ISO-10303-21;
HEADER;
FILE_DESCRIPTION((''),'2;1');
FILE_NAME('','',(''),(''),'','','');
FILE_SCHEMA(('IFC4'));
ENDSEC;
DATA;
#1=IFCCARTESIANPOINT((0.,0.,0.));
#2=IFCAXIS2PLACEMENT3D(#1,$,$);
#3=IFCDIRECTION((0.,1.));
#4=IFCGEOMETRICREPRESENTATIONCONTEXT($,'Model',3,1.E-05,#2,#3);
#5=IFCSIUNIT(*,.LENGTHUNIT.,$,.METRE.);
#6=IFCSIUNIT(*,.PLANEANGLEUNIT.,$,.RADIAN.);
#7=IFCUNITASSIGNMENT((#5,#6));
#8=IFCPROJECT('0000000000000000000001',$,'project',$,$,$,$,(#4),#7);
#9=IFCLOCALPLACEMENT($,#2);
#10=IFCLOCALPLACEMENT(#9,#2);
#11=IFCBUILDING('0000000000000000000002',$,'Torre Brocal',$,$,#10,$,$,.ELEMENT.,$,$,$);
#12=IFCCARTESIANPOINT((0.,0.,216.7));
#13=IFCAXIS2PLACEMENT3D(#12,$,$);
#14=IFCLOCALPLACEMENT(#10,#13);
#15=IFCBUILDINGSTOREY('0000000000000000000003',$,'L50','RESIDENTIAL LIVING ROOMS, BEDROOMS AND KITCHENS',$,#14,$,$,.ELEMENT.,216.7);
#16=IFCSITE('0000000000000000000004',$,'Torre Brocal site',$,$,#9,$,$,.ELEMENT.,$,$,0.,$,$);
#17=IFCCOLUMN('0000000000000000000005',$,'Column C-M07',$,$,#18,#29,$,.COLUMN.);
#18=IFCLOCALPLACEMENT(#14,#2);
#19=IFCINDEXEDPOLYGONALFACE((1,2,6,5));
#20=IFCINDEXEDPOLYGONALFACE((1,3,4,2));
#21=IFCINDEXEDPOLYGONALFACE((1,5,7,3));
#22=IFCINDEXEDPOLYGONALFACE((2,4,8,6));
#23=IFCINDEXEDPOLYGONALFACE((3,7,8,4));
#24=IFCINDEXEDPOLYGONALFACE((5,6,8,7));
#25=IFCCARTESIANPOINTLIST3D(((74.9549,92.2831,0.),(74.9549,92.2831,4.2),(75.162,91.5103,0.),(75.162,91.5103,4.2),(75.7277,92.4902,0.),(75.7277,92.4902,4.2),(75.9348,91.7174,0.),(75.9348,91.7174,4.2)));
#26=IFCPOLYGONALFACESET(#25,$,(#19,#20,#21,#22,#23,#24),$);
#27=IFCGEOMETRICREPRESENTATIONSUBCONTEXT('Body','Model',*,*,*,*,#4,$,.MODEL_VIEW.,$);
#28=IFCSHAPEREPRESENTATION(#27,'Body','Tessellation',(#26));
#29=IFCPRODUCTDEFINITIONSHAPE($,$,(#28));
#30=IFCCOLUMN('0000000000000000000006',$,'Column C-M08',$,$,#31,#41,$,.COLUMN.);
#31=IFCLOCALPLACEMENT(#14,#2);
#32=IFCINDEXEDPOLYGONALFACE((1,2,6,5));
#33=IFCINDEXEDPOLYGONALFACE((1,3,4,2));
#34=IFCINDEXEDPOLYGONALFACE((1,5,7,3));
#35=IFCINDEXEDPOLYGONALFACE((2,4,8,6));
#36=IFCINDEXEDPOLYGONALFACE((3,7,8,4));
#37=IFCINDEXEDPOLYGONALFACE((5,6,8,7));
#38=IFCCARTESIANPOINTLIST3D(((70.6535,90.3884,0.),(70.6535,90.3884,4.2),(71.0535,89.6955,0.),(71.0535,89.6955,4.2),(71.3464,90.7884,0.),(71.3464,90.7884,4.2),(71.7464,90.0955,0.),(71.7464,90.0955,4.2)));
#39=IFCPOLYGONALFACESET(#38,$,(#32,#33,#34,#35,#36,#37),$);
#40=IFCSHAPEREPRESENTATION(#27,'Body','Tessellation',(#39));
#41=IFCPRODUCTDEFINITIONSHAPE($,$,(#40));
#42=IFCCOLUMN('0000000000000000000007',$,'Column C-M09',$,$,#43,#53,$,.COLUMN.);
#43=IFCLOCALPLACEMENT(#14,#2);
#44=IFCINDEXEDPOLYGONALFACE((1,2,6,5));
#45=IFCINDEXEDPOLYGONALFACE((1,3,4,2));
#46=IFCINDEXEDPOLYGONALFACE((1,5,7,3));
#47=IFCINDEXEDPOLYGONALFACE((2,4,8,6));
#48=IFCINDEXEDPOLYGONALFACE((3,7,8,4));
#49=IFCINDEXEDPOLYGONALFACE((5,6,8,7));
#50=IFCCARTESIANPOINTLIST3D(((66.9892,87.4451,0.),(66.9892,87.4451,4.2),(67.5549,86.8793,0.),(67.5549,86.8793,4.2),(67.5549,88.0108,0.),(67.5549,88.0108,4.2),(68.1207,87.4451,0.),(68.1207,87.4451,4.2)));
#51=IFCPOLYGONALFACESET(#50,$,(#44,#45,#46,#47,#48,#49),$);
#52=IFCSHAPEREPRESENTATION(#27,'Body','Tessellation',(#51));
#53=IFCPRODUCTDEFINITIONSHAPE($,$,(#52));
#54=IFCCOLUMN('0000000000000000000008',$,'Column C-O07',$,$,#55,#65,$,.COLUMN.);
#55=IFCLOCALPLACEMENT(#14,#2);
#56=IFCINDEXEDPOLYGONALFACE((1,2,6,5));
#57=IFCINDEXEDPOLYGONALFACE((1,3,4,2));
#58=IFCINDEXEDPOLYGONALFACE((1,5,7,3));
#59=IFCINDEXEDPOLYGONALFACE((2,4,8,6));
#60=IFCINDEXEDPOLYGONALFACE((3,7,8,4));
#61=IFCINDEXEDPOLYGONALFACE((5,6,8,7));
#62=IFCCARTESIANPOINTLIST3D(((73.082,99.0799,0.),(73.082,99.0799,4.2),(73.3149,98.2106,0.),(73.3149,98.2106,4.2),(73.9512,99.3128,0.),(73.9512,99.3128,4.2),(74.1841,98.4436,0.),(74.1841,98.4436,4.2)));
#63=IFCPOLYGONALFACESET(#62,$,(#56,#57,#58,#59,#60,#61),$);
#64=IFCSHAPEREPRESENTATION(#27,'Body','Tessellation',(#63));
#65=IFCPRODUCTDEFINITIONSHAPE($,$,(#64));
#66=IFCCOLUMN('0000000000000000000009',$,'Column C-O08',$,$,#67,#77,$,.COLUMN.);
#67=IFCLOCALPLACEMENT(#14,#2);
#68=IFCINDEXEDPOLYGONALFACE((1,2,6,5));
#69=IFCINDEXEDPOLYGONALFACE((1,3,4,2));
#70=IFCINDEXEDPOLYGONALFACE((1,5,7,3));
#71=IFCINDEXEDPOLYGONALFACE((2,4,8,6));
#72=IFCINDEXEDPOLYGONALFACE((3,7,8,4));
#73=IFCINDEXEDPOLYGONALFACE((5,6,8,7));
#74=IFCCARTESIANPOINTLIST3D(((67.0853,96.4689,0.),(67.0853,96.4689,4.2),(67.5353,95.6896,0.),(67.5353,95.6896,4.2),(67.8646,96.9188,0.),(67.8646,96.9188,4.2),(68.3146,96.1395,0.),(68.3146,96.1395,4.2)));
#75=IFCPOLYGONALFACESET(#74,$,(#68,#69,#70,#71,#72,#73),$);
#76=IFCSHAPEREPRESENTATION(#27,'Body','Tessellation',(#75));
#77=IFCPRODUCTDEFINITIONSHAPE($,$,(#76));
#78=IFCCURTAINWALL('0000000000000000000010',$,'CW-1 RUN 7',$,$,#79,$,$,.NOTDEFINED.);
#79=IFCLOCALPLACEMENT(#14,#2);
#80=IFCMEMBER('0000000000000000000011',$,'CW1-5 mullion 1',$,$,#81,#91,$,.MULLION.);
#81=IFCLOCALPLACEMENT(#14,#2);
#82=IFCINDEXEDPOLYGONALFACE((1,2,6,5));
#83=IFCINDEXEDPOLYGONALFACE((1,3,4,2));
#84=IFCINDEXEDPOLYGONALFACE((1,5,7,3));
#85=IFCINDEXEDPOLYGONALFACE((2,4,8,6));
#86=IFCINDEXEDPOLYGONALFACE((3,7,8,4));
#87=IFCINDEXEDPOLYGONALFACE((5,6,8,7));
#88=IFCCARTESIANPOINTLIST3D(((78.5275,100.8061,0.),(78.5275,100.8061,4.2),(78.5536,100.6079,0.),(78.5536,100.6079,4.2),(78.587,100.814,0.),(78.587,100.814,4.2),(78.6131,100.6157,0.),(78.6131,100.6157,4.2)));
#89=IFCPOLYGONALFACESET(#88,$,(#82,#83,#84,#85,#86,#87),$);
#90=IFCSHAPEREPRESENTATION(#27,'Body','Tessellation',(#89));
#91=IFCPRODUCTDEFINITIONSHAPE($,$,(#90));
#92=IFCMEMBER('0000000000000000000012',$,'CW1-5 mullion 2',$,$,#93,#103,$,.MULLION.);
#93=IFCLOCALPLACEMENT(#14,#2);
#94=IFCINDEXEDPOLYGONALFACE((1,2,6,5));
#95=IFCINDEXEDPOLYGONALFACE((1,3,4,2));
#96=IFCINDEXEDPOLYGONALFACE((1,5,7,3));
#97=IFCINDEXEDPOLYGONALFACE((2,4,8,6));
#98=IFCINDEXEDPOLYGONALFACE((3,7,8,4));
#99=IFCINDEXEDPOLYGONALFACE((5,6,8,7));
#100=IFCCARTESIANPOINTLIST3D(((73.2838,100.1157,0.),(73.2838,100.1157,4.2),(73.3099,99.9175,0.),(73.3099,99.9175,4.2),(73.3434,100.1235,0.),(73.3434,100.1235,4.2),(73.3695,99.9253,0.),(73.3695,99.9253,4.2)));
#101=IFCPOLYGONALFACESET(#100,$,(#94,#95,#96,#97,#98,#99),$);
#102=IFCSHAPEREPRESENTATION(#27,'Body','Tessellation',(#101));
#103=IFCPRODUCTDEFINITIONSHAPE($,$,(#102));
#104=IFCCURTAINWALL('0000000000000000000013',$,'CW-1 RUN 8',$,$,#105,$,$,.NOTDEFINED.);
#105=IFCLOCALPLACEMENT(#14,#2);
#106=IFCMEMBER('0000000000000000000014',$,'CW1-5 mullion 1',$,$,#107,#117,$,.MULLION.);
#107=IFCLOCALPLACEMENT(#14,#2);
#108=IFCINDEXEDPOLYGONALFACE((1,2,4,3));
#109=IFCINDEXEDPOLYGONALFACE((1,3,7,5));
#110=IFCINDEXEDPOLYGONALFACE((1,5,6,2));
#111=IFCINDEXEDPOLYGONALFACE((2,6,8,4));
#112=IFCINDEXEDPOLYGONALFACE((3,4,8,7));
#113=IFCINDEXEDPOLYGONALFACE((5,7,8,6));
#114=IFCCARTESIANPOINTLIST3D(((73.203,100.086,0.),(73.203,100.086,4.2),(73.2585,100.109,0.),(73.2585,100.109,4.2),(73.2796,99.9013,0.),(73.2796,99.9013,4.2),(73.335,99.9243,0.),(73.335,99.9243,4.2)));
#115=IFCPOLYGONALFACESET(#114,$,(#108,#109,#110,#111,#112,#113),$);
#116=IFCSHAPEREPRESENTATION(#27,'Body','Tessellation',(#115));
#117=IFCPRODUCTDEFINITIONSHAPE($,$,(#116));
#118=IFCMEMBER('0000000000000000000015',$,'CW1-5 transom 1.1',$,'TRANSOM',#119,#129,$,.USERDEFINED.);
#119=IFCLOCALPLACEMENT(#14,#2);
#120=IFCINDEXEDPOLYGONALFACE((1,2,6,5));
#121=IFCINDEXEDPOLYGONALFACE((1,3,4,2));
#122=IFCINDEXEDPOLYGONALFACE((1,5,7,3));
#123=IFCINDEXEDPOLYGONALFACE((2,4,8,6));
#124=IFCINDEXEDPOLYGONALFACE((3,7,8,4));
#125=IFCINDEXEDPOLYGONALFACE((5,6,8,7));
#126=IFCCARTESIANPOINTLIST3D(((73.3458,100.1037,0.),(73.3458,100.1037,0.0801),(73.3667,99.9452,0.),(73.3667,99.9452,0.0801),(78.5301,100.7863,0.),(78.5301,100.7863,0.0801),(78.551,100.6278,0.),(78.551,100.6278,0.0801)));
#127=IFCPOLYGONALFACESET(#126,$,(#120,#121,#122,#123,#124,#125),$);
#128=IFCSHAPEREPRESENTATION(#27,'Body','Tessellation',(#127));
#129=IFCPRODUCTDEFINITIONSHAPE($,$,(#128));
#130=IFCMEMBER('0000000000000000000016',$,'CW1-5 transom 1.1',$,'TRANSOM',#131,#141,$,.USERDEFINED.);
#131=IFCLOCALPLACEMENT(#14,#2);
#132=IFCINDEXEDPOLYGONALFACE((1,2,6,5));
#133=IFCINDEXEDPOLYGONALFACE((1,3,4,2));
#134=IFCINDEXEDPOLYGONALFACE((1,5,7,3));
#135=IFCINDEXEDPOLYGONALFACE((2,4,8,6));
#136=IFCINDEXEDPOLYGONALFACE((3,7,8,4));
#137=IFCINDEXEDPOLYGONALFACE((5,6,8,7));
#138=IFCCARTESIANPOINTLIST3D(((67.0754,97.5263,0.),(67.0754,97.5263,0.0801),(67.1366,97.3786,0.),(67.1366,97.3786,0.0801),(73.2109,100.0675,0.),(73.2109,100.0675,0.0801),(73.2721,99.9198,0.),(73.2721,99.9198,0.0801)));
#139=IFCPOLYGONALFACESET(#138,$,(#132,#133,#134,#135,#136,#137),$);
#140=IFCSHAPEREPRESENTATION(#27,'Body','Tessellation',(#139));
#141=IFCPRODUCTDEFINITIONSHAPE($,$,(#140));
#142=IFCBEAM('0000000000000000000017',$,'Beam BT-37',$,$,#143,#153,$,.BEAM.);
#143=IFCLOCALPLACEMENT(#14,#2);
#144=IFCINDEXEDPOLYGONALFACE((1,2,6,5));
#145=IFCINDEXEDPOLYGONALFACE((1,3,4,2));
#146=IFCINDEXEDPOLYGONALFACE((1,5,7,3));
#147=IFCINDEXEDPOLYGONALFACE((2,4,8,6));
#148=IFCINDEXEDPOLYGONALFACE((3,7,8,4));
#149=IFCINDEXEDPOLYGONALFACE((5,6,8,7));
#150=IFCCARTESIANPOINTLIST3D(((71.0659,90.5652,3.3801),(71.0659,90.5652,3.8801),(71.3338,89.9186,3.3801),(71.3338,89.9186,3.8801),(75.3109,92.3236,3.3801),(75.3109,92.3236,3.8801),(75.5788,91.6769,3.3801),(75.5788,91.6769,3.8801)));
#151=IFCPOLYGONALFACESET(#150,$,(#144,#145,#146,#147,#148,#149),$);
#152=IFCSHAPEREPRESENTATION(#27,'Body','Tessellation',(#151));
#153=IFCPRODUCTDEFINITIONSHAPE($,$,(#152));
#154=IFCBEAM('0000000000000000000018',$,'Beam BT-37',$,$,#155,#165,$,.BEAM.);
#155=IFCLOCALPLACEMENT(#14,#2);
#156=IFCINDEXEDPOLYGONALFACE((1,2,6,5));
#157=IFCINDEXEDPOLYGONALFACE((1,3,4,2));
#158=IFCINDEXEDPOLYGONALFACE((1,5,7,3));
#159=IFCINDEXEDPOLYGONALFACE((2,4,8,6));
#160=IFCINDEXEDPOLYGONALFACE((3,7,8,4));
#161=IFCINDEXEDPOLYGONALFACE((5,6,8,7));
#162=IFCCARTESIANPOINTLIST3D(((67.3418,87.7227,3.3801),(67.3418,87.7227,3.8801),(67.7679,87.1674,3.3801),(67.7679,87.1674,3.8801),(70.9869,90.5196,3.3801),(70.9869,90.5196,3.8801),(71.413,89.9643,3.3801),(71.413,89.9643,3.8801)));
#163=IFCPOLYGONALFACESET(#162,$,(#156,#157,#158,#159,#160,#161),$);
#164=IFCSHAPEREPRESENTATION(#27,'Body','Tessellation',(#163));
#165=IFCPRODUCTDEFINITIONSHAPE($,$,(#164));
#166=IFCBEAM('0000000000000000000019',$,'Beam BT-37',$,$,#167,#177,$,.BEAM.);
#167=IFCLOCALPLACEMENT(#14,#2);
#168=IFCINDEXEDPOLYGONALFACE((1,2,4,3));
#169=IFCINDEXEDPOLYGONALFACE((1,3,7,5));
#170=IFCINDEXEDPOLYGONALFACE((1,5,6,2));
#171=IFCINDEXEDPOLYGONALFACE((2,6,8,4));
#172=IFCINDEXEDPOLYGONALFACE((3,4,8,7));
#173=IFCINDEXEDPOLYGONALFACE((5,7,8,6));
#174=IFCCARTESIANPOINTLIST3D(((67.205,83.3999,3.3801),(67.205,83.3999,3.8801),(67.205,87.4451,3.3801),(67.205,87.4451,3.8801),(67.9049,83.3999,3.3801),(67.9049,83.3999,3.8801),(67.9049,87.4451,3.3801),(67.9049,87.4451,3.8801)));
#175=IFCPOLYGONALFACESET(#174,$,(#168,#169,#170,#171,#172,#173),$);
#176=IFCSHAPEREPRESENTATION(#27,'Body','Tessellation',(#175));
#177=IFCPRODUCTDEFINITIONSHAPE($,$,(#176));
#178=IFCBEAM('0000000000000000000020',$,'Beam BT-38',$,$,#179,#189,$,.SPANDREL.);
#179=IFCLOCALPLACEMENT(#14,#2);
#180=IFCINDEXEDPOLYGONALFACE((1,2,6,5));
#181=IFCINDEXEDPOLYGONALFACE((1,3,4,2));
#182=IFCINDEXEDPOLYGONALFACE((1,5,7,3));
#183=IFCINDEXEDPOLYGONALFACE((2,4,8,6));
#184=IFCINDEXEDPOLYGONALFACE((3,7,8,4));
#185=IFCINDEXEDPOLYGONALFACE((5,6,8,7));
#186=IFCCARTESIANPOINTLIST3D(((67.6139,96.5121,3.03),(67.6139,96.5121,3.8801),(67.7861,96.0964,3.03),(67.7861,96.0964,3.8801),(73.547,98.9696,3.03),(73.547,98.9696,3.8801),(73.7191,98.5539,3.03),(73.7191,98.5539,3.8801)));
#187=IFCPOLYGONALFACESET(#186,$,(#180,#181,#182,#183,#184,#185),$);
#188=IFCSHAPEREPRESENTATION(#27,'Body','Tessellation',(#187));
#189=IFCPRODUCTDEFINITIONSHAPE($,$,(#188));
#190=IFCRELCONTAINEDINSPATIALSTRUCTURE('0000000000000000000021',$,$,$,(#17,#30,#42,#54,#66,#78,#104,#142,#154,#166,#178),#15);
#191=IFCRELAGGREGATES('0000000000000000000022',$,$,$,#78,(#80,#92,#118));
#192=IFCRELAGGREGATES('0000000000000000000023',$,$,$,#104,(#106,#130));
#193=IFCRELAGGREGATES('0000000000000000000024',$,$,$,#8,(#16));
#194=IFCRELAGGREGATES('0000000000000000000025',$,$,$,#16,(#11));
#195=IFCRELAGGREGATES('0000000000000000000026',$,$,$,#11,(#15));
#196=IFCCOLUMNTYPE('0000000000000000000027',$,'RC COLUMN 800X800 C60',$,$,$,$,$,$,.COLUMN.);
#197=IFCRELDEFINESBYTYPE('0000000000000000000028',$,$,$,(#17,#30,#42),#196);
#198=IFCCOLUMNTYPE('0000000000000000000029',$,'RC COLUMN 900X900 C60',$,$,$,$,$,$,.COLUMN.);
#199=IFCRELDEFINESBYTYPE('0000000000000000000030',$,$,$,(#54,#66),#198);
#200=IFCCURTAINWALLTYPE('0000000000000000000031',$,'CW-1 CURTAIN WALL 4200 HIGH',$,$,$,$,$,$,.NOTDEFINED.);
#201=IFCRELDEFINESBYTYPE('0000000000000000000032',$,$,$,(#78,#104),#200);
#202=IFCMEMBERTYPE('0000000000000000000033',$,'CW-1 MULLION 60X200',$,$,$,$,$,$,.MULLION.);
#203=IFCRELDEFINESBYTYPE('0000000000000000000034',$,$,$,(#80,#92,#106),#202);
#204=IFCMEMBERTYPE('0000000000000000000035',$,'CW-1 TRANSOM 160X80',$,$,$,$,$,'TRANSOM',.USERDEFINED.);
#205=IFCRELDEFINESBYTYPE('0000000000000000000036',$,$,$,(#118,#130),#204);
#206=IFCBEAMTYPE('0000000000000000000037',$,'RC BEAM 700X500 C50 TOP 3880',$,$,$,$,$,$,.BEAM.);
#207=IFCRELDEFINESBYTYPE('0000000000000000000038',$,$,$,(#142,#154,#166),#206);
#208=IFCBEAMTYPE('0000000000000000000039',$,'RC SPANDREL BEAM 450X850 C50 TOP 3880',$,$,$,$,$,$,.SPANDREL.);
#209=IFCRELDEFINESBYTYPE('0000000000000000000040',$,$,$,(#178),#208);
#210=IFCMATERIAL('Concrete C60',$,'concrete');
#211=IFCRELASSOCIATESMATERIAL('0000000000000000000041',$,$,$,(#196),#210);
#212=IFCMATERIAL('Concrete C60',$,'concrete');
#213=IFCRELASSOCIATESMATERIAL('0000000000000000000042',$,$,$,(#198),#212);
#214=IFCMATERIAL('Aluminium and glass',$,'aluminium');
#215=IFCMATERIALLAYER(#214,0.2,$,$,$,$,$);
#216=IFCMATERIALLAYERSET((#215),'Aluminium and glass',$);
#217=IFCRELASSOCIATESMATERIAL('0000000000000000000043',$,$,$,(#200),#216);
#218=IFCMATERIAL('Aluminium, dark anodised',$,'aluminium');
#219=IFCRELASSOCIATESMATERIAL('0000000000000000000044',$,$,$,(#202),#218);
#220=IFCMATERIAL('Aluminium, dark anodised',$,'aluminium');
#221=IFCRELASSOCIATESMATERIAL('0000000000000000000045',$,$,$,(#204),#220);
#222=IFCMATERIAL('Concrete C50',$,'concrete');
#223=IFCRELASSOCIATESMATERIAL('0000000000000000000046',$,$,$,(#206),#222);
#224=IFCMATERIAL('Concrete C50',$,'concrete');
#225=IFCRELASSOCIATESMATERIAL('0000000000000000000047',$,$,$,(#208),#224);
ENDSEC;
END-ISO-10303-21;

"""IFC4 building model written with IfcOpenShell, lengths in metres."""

from ifc_helpers import new_model, si_unit, direction, frame, origin, origin_2d, place, context, subcontext, project, spatial, rectangle, extrude, material, layer, layer_set, material_profile, profile_set, type_object, element, aggregate, save


model = new_model("IFC4")

# Units and contexts
model_context = context("Model", 3, precision=1e-05, world=origin(), true_north=direction((0.0, 1.0)))
body_context = subcontext(model_context, "Body", "Model", "MODEL_VIEW")
ifc_project = project(units=[si_unit("LENGTHUNIT", "METRE"), si_unit("PLANEANGLEUNIT", "RADIAN")], contexts=[model_context])

# Site, building, storey
site_placement = place(None, origin())
site = spatial("IfcSite", under=ifc_project, at=site_placement, Name="Torre Brocal site", CompositionType="ELEMENT", RefElevation=0.0)
building_placement = place(site_placement, origin())
building = spatial("IfcBuilding", under=site, at=building_placement, Name="Torre Brocal", CompositionType="ELEMENT")
storey_placement = place(building_placement, frame((0.0, 0.0, 216.7)))
storey = spatial("IfcBuildingStorey", under=building, at=storey_placement, Name="L50", Description="RESIDENTIAL LIVING ROOMS, BEDROOMS AND KITCHENS", CompositionType="ELEMENT", Elevation=216.7)

# Columns
ifc_material_1 = material(Name="Concrete C60", Category="concrete")
ifc_material_profile_1 = material_profile(ifc_material_1, rectangle(XDim=0.8, YDim=0.8, at=origin_2d()), Name="RC 800X800")
ifc_profile_set_1 = profile_set([ifc_material_profile_1], Name="Concrete C60")
column_type_1 = type_object("IfcColumnType", Name="RC COLUMN 800X800 C60", PredefinedType="COLUMN", material=ifc_profile_set_1)
for number, where, z_axis, x_axis, name in (
    (1, (75.4448, 92.0002, 0.0), (0.0, 0.0, 1.0), (-0.258819, 0.965926, 0.0), "Column C-M07"),
    (2, (71.2, 90.2419, 0.0), (0.0, 0.0, 1.0), (-0.5, 0.866025, 0.0), "Column C-M08"),
    (3, (67.5549, 87.4451, 0.0), (0.0, 0.0, 1.0), (-0.707107, 0.707107, 0.0), "Column C-M09"),
):
    element("IfcColumn", number, at=place(storey_placement, frame(where, z_axis=z_axis, x_axis=x_axis)), inside=storey, type_object=column_type_1, Name=name, PredefinedType="COLUMN", context=body_context, shape_type="SweptSolid", body=[
        extrude(rectangle(XDim=0.8, YDim=0.8, at=origin_2d()), origin(), (0.0, 0.0, 1.0), 4.2),
    ])
ifc_material_2 = material(Name="Concrete C60", Category="concrete")
ifc_material_profile_2 = material_profile(ifc_material_2, rectangle(XDim=0.8999, YDim=0.8999, at=origin_2d()), Name="RC 900X900")
ifc_profile_set_2 = profile_set([ifc_material_profile_2], Name="Concrete C60")
column_type_2 = type_object("IfcColumnType", Name="RC COLUMN 900X900 C60", PredefinedType="COLUMN", material=ifc_profile_set_2)
for number, where, z_axis, x_axis, name in (
    (4, (73.6331, 98.7617, 0.0), (0.0, 0.0, 1.0), (-0.258819, 0.965926, 0.0), "Column C-O07"),
    (5, (67.7, 96.3042, 0.0), (0.0, 0.0, 1.0), (-0.5, 0.866025, 0.0), "Column C-O08"),
):
    element("IfcColumn", number, at=place(storey_placement, frame(where, z_axis=z_axis, x_axis=x_axis)), inside=storey, type_object=column_type_2, Name=name, PredefinedType="COLUMN", context=body_context, shape_type="SweptSolid", body=[
        extrude(rectangle(XDim=0.8999, YDim=0.8999, at=origin_2d()), origin(), (0.0, 0.0, 1.0), 4.2),
    ])

# Curtain wall, members
ifc_material_3 = material(Name="Aluminium and glass", Category="aluminium")
ifc_layer_1 = layer(ifc_material_3, 0.2)
ifc_layer_set_1 = layer_set([ifc_layer_1], Name="Aluminium and glass")
curtain_wall_type = type_object("IfcCurtainWallType", Name="CW-1 CURTAIN WALL 4200 HIGH", PredefinedType="NOTDEFINED", material=ifc_layer_set_1)
curtain_wall_1_placement = place(storey_placement, origin())
curtain_wall_1 = element("IfcCurtainWall", 6, at=curtain_wall_1_placement, inside=storey, type_object=curtain_wall_type, Name="CW-1 RUN 7", PredefinedType="NOTDEFINED")
ifc_material_4 = material(Name="Aluminium, dark anodised", Category="aluminium")
ifc_material_profile_3 = material_profile(ifc_material_4, rectangle(XDim=0.2, YDim=0.0601, at=origin_2d()), Name="CW-1 MULLION 60X200")
ifc_profile_set_3 = profile_set([ifc_material_profile_3], Name="Aluminium, dark anodised")
member_type_1 = type_object("IfcMemberType", Name="CW-1 MULLION 60X200", PredefinedType="MULLION", material=ifc_profile_set_3)
member_1_placement = place(storey_placement, frame((78.5703, 100.7109, 0.0), z_axis=(0.0, 0.0, 1.0), x_axis=(0.130526, -0.991445, 0.0)))
member_1 = element("IfcMember", 7, at=member_1_placement, type_object=member_type_1, Name="CW1-5 mullion 1", PredefinedType="MULLION", context=body_context, shape_type="SweptSolid", body=[
    extrude(rectangle(XDim=0.2, YDim=0.0601, at=origin_2d()), origin(), (0.0, 0.0, 1.0), 4.2),
])
member_2_placement = place(storey_placement, frame((73.3267, 100.0205, 0.0), z_axis=(0.0, 0.0, 1.0), x_axis=(0.130526, -0.991445, 0.0)))
member_2 = element("IfcMember", 8, at=member_2_placement, type_object=member_type_1, Name="CW1-5 mullion 2", PredefinedType="MULLION", context=body_context, shape_type="SweptSolid", body=[
    extrude(rectangle(XDim=0.2, YDim=0.0601, at=origin_2d()), origin(), (0.0, 0.0, 1.0), 4.2),
])

# Curtain wall, member
curtain_wall_2_placement = place(storey_placement, origin())
curtain_wall_2 = element("IfcCurtainWall", 9, at=curtain_wall_2_placement, inside=storey, type_object=curtain_wall_type, Name="CW-1 RUN 8", PredefinedType="NOTDEFINED")
member_3_placement = place(storey_placement, frame((73.269, 100.0051, 0.0), z_axis=(0.0, 0.0, 1.0), x_axis=(0.382683, -0.92388, 0.0)))
member_3 = element("IfcMember", 10, at=member_3_placement, type_object=member_type_1, Name="CW1-5 mullion 1", PredefinedType="MULLION", context=body_context, shape_type="SweptSolid", body=[
    extrude(rectangle(XDim=0.2, YDim=0.0601, at=origin_2d()), origin(), (0.0, 0.0, 1.0), 4.2),
])

# Members
ifc_material_5 = material(Name="Aluminium, dark anodised", Category="aluminium")
ifc_material_profile_4 = material_profile(ifc_material_5, rectangle(XDim=0.1599, YDim=0.0801, at=origin_2d()), Name="CW-1 TRANSOM 160X80")
ifc_profile_set_4 = profile_set([ifc_material_profile_4], Name="Aluminium, dark anodised")
member_type_2 = type_object("IfcMemberType", Name="CW-1 TRANSOM 160X80", ElementType="TRANSOM", PredefinedType="USERDEFINED", material=ifc_profile_set_4)
member_4_placement = place(storey_placement, frame((78.5405, 100.707, 0.04), z_axis=(-0.991443, -0.130543, 0.0), x_axis=(0.130543, -0.991443, 0.0)))
member_4 = element("IfcMember", 11, at=member_4_placement, type_object=member_type_2, Name="CW1-5 transom 1.1", ObjectType="TRANSOM", PredefinedType="USERDEFINED", context=body_context, shape_type="SweptSolid", body=[
    extrude(rectangle(XDim=0.1599, YDim=0.0801, at=origin_2d()), origin(), (0.0, 0.0, 1.0), 5.229),
])
member_5_placement = place(storey_placement, frame((73.2415, 99.9937, 0.04), z_axis=(-0.923887, -0.382665, 0.0), x_axis=(0.382665, -0.923887, 0.0)))
member_5 = element("IfcMember", 12, at=member_5_placement, type_object=member_type_2, Name="CW1-5 transom 1.1", ObjectType="TRANSOM", PredefinedType="USERDEFINED", context=body_context, shape_type="SweptSolid", body=[
    extrude(rectangle(XDim=0.1599, YDim=0.0801, at=origin_2d()), origin(), (0.0, 0.0, 1.0), 6.6409),
])

# Beams
ifc_material_6 = material(Name="Concrete C50", Category="concrete")
ifc_material_profile_5 = material_profile(ifc_material_6, rectangle(XDim=0.7, YDim=0.5, at=origin_2d()), Name="RC 700X500")
ifc_profile_set_5 = profile_set([ifc_material_profile_5], Name="Concrete C50")
beam_type_1 = type_object("IfcBeamType", Name="RC BEAM 700X500 C50 TOP 3880", PredefinedType="BEAM", material=ifc_profile_set_5)
beam_1_placement = place(storey_placement, frame((75.4448, 92.0002, 3.6301), z_axis=(-0.923878, -0.382687, 0.0), x_axis=(0.382687, -0.923878, 0.0)))
element("IfcBeam", 13, at=beam_1_placement, inside=storey, type_object=beam_type_1, Name="Beam BT-37", PredefinedType="BEAM", context=body_context, shape_type="SweptSolid", body=[
    extrude(rectangle(XDim=0.7, YDim=0.5, at=origin_2d()), origin(), (0.0, 0.0, 1.0), 4.5947),
])
beam_2_placement = place(storey_placement, frame((71.2, 90.2419, 3.6301), z_axis=(-0.793358, -0.608755, 0.0), x_axis=(0.608755, -0.793358, 0.0)))
element("IfcBeam", 14, at=beam_2_placement, inside=storey, type_object=beam_type_1, Name="Beam BT-37", PredefinedType="BEAM", context=body_context, shape_type="SweptSolid", body=[
    extrude(rectangle(XDim=0.7, YDim=0.5, at=origin_2d()), origin(), (0.0, 0.0, 1.0), 4.5945),
])
beam_3_placement = place(storey_placement, frame((67.5549, 87.4451, 3.6301), z_axis=(0.0, -1.0, 0.0), x_axis=(1.0, 0.0, 0.0)))
element("IfcBeam", 15, at=beam_3_placement, inside=storey, type_object=beam_type_1, Name="Beam BT-37", PredefinedType="BEAM", context=body_context, shape_type="SweptSolid", body=[
    extrude(rectangle(XDim=0.7, YDim=0.5, at=origin_2d()), origin(), (0.0, 0.0, 1.0), 4.0452),
])
ifc_material_7 = material(Name="Concrete C50", Category="concrete")
ifc_material_profile_6 = material_profile(ifc_material_7, rectangle(XDim=0.45, YDim=0.8501, at=origin_2d()), Name="RC 450X850")
ifc_profile_set_6 = profile_set([ifc_material_profile_6], Name="Concrete C50")
beam_type_2 = type_object("IfcBeamType", Name="RC SPANDREL BEAM 450X850 C50 TOP 3880", PredefinedType="SPANDREL", material=ifc_profile_set_6)
beam_4_placement = place(storey_placement, frame((73.6331, 98.7617, 3.4551), z_axis=(-0.923882, -0.382676, 0.0), x_axis=(0.382676, -0.923882, 0.0)))
element("IfcBeam", 16, at=beam_4_placement, inside=storey, type_object=beam_type_2, Name="Beam BT-38", PredefinedType="SPANDREL", context=body_context, shape_type="SweptSolid", body=[
    extrude(rectangle(XDim=0.45, YDim=0.8501, at=origin_2d()), origin(), (0.0, 0.0, 1.0), 6.4219),
])

aggregate(curtain_wall_1, [member_1, member_2, member_4])
aggregate(curtain_wall_2, [member_3, member_5])

save(model, "model.ifc")
